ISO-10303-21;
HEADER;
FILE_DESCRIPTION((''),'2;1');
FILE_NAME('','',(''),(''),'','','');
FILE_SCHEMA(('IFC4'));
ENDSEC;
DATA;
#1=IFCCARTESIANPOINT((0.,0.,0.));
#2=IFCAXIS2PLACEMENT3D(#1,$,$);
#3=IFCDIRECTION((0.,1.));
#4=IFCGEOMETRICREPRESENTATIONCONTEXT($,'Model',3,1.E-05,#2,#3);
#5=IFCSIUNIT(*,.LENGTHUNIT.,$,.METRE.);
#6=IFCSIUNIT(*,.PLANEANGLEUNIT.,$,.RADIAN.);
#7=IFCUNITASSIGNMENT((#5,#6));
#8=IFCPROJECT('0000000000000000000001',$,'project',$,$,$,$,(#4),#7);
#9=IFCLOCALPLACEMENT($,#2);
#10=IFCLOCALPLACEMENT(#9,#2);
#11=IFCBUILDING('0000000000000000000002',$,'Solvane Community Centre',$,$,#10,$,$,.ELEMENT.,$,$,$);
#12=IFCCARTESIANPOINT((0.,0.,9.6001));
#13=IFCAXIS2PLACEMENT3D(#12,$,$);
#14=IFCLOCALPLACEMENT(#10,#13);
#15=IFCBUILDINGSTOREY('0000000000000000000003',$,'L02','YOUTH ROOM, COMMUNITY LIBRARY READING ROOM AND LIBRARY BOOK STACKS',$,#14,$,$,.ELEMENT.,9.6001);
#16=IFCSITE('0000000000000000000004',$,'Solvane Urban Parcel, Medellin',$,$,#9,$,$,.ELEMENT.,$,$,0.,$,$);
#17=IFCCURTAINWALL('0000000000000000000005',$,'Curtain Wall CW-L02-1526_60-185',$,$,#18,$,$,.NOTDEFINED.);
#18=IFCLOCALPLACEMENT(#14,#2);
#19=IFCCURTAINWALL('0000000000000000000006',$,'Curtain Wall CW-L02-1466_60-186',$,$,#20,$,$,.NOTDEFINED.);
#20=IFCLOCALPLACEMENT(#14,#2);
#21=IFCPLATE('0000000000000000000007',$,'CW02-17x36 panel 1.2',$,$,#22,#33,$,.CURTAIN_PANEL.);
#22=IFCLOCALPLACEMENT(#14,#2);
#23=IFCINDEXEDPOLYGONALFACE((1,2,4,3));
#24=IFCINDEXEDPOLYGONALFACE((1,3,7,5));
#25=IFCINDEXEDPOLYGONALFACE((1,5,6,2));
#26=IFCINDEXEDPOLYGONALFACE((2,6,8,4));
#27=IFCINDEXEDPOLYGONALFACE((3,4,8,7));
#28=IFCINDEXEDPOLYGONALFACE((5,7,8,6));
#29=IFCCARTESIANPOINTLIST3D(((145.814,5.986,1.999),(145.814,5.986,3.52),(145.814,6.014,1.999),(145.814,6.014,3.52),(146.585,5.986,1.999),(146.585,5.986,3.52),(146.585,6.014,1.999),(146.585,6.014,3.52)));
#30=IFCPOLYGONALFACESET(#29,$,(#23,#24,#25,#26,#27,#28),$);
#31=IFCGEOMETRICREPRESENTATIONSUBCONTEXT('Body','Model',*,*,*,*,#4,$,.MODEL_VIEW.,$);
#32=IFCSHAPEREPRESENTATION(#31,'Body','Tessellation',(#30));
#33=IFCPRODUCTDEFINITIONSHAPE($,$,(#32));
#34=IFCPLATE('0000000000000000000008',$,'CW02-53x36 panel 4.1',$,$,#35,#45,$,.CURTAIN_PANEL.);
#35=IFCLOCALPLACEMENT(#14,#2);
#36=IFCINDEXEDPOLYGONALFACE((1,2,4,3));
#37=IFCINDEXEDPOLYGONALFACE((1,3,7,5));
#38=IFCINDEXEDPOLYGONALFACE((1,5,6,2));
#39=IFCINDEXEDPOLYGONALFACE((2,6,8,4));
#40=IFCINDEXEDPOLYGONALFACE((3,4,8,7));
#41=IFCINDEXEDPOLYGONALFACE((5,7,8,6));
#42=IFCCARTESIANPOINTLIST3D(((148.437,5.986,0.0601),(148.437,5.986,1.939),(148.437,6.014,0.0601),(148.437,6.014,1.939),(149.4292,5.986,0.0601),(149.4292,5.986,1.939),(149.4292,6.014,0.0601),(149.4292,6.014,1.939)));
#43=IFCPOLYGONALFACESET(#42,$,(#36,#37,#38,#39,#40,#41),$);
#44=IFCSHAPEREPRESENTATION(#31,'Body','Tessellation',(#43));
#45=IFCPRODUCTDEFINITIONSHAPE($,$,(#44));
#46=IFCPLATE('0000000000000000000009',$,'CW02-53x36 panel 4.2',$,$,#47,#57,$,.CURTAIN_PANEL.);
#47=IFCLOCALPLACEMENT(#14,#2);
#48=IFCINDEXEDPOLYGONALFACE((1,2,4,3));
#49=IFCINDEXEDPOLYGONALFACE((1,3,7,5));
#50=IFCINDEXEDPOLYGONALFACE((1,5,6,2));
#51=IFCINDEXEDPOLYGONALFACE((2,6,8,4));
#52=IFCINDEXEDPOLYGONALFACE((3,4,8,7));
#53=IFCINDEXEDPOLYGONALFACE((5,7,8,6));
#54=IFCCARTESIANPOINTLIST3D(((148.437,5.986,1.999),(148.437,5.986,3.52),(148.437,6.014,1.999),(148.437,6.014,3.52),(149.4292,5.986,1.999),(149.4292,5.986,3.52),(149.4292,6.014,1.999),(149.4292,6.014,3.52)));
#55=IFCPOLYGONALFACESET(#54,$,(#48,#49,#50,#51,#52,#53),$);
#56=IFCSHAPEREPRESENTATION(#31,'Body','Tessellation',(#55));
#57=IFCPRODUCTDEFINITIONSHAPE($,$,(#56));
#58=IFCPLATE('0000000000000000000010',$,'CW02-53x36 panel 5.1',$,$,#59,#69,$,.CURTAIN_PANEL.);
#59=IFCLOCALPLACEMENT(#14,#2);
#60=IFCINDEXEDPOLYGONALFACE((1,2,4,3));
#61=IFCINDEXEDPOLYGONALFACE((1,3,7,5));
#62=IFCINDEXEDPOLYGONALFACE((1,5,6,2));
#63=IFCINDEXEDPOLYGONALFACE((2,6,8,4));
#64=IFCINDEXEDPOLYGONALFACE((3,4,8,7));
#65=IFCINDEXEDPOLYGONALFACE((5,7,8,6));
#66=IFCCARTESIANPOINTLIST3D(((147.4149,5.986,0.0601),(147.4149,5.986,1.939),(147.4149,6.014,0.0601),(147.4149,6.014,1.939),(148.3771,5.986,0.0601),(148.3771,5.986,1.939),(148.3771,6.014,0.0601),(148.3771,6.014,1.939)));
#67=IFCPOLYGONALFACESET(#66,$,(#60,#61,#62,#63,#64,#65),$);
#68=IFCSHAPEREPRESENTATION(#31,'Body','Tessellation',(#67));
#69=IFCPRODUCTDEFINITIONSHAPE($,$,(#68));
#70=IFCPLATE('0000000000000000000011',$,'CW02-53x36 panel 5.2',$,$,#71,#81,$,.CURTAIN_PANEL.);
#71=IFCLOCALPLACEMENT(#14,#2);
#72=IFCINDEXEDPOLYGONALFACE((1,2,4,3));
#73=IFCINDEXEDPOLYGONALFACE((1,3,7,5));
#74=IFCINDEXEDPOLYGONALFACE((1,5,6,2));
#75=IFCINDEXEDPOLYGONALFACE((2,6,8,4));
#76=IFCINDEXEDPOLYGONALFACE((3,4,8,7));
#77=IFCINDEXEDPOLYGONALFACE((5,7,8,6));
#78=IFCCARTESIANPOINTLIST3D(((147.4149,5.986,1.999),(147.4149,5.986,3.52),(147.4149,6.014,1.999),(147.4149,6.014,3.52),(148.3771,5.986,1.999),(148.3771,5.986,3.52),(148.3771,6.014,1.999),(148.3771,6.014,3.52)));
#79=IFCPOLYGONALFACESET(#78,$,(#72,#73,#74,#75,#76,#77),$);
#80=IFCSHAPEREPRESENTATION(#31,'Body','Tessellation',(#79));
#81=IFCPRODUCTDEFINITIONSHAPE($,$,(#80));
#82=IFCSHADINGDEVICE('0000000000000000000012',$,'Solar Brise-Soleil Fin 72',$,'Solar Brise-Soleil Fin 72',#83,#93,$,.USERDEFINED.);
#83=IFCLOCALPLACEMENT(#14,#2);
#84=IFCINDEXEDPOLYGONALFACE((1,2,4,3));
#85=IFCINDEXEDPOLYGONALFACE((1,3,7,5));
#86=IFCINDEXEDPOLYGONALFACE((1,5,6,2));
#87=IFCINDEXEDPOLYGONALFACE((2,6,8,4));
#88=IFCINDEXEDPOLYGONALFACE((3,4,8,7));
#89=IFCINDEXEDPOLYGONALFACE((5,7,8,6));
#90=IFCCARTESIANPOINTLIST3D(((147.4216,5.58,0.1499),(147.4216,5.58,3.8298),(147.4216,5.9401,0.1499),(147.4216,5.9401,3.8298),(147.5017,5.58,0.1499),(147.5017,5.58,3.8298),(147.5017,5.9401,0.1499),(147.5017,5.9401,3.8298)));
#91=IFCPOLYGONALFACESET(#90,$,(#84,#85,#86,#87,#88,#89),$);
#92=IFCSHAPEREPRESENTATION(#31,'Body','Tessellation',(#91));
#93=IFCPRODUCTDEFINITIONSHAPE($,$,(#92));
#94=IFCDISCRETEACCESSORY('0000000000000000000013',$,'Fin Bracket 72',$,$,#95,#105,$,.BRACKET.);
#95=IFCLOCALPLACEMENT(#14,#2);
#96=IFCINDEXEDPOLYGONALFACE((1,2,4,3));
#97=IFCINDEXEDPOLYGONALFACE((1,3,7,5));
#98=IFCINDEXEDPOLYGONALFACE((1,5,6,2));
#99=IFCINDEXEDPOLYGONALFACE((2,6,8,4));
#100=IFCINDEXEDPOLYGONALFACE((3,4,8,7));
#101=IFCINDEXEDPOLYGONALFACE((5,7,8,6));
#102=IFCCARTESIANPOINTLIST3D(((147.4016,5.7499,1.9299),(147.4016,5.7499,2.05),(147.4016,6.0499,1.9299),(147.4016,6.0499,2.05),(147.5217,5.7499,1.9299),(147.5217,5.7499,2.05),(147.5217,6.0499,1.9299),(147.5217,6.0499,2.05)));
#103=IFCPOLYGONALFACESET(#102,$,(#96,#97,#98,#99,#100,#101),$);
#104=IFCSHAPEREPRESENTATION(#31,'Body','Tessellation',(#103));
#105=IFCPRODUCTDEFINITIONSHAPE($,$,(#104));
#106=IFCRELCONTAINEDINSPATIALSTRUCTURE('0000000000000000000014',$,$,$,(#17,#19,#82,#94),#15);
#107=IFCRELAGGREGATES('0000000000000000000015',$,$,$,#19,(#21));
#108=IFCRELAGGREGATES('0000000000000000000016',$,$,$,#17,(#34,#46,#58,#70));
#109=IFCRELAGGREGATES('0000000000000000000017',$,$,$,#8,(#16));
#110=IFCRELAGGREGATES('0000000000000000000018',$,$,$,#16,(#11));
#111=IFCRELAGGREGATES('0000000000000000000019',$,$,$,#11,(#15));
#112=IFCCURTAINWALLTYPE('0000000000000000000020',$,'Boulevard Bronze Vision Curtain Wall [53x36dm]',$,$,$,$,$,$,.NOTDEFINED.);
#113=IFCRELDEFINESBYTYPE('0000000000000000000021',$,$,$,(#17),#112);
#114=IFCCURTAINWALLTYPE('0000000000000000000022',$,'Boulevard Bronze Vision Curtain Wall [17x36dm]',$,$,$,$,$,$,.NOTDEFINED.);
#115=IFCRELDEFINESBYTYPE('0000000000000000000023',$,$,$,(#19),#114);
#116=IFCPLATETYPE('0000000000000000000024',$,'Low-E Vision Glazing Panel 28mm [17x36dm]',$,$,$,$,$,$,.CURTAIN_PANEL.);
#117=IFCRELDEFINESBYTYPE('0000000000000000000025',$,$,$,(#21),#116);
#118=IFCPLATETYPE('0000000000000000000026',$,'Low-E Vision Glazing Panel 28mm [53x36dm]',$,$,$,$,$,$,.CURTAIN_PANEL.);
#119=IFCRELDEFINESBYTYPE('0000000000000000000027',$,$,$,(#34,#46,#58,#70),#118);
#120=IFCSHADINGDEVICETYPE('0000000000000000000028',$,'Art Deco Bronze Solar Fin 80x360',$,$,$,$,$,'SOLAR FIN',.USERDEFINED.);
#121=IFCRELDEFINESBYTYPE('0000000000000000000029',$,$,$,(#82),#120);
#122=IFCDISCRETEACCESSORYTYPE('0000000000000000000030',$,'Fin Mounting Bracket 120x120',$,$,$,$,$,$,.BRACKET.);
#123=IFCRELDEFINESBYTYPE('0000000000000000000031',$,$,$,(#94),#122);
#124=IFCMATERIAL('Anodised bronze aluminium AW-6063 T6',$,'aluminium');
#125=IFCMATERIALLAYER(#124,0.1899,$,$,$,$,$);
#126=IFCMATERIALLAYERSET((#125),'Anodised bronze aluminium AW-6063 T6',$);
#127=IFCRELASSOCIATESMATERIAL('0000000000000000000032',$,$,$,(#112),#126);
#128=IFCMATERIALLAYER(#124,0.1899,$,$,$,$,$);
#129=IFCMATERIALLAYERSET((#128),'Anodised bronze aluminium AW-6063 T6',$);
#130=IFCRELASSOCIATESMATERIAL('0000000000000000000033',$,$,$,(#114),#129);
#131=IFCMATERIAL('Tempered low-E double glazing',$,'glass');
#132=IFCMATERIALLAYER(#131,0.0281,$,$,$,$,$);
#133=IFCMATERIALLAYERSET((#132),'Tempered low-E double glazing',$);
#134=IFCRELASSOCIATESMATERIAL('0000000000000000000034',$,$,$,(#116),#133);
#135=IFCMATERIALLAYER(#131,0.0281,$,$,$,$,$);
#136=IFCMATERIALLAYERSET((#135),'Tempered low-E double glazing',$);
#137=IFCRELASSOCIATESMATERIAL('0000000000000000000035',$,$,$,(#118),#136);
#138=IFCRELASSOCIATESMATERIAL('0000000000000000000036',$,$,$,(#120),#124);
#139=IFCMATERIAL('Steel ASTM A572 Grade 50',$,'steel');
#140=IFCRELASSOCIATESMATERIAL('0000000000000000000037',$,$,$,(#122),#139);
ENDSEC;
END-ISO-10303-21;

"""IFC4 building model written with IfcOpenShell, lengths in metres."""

from ifc_helpers import new_model, si_unit, direction, frame, origin, origin_2d, place, context, subcontext, project, spatial, rectangle, extrude, material, layer, layer_set, type_object, element, aggregate, save


model = new_model("IFC4")

# Units and contexts
model_context = context("Model", 3, precision=1e-05, world=origin(), true_north=direction((0.0, 1.0)))
body_context = subcontext(model_context, "Body", "Model", "MODEL_VIEW")
ifc_project = project(units=[si_unit("LENGTHUNIT", "METRE"), si_unit("PLANEANGLEUNIT", "RADIAN")], contexts=[model_context])

# Site, building, storey
site_placement = place(None, origin())
site = spatial("IfcSite", under=ifc_project, at=site_placement, Name="Solvane Urban Parcel, Medellin", CompositionType="ELEMENT", RefElevation=0.0)
building_placement = place(site_placement, origin())
building = spatial("IfcBuilding", under=site, at=building_placement, Name="Solvane Community Centre", CompositionType="ELEMENT")
storey_placement = place(building_placement, frame((0.0, 0.0, 9.6001)))
storey = spatial("IfcBuildingStorey", under=building, at=storey_placement, Name="L02", Description="YOUTH ROOM, COMMUNITY LIBRARY READING ROOM AND LIBRARY BOOK STACKS", CompositionType="ELEMENT", Elevation=9.6001)

# Curtain walls
ifc_material_1 = material(Name="Anodised bronze aluminium AW-6063 T6", Category="aluminium")
ifc_layer_1 = layer(ifc_material_1, 0.1899)
ifc_layer_set_1 = layer_set([ifc_layer_1], Name="Anodised bronze aluminium AW-6063 T6")
curtain_wall_type_1 = type_object("IfcCurtainWallType", Name="Boulevard Bronze Vision Curtain Wall [53x36dm]", PredefinedType="NOTDEFINED", material=ifc_layer_set_1)
curtain_wall_1_placement = place(storey_placement, origin())
curtain_wall_1 = element("IfcCurtainWall", 1, at=curtain_wall_1_placement, inside=storey, type_object=curtain_wall_type_1, Name="Curtain Wall CW-L02-1526_60-185", PredefinedType="NOTDEFINED")
ifc_layer_2 = layer(ifc_material_1, 0.1899)
ifc_layer_set_2 = layer_set([ifc_layer_2], Name="Anodised bronze aluminium AW-6063 T6")
curtain_wall_type_2 = type_object("IfcCurtainWallType", Name="Boulevard Bronze Vision Curtain Wall [17x36dm]", PredefinedType="NOTDEFINED", material=ifc_layer_set_2)
curtain_wall_2_placement = place(storey_placement, origin())
curtain_wall_2 = element("IfcCurtainWall", 2, at=curtain_wall_2_placement, inside=storey, type_object=curtain_wall_type_2, Name="Curtain Wall CW-L02-1466_60-186", PredefinedType="NOTDEFINED")

# Plates
ifc_material_2 = material(Name="Tempered low-E double glazing", Category="glass")
ifc_layer_3 = layer(ifc_material_2, 0.0281)
ifc_layer_set_3 = layer_set([ifc_layer_3], Name="Tempered low-E double glazing")
plate_type_1 = type_object("IfcPlateType", Name="Low-E Vision Glazing Panel 28mm [17x36dm]", PredefinedType="CURTAIN_PANEL", material=ifc_layer_set_3)
plate_1_placement = place(storey_placement, frame((146.1995, 6.0, 1.999), z_axis=(0.0, 0.0, 1.0), x_axis=(-1.0, 0.0, 0.0)))
plate_1 = element("IfcPlate", 3, at=plate_1_placement, type_object=plate_type_1, Name="CW02-17x36 panel 1.2", PredefinedType="CURTAIN_PANEL", context=body_context, shape_type="SweptSolid", body=[
    extrude(rectangle(XDim=0.771, YDim=0.0281, at=origin_2d()), origin(), (0.0, 0.0, 1.0), 1.521),
])
aggregate(curtain_wall_2, [plate_1])
ifc_layer_4 = layer(ifc_material_2, 0.0281)
ifc_layer_set_4 = layer_set([ifc_layer_4], Name="Tempered low-E double glazing")
plate_type_2 = type_object("IfcPlateType", Name="Low-E Vision Glazing Panel 28mm [53x36dm]", PredefinedType="CURTAIN_PANEL", material=ifc_layer_set_4)
plate_2_placement = place(storey_placement, frame((148.9331, 6.0, 0.0601), z_axis=(0.0, 0.0, 1.0), x_axis=(-1.0, 0.0, 0.0)))
plate_2 = element("IfcPlate", 4, at=plate_2_placement, type_object=plate_type_2, Name="CW02-53x36 panel 4.1", PredefinedType="CURTAIN_PANEL", context=body_context, shape_type="SweptSolid", body=[
    extrude(rectangle(XDim=0.9922, YDim=0.0281, at=origin_2d()), origin(), (0.0, 0.0, 1.0), 1.8789),
])
plate_3_placement = place(storey_placement, frame((148.9331, 6.0, 1.999), z_axis=(0.0, 0.0, 1.0), x_axis=(-1.0, 0.0, 0.0)))
plate_3 = element("IfcPlate", 5, at=plate_3_placement, type_object=plate_type_2, Name="CW02-53x36 panel 4.2", PredefinedType="CURTAIN_PANEL", context=body_context, shape_type="SweptSolid", body=[
    extrude(rectangle(XDim=0.9922, YDim=0.0281, at=origin_2d()), origin(), (0.0, 0.0, 1.0), 1.521),
])
plate_4_placement = place(storey_placement, frame((147.896, 6.0, 0.0601), z_axis=(0.0, 0.0, 1.0), x_axis=(-1.0, 0.0, 0.0)))
plate_4 = element("IfcPlate", 6, at=plate_4_placement, type_object=plate_type_2, Name="CW02-53x36 panel 5.1", PredefinedType="CURTAIN_PANEL", context=body_context, shape_type="SweptSolid", body=[
    extrude(rectangle(XDim=0.9622, YDim=0.0281, at=origin_2d()), origin(), (0.0, 0.0, 1.0), 1.8789),
])
plate_5_placement = place(storey_placement, frame((147.896, 6.0, 1.999), z_axis=(0.0, 0.0, 1.0), x_axis=(-1.0, 0.0, 0.0)))
plate_5 = element("IfcPlate", 7, at=plate_5_placement, type_object=plate_type_2, Name="CW02-53x36 panel 5.2", PredefinedType="CURTAIN_PANEL", context=body_context, shape_type="SweptSolid", body=[
    extrude(rectangle(XDim=0.9622, YDim=0.0281, at=origin_2d()), origin(), (0.0, 0.0, 1.0), 1.521),
])
aggregate(curtain_wall_1, [plate_2, plate_3, plate_4, plate_5])

# Shading device
shading_device_type = type_object("IfcShadingDeviceType", Name="Art Deco Bronze Solar Fin 80x360", ElementType="SOLAR FIN", PredefinedType="USERDEFINED", material=ifc_material_1)
shading_device_placement = place(storey_placement, frame((147.4617, 5.76, 0.1499), z_axis=(0.0, 0.0, 1.0), x_axis=(-1.0, 0.0, 0.0)))
element("IfcShadingDevice", 8, at=shading_device_placement, inside=storey, type_object=shading_device_type, Name="Solar Brise-Soleil Fin 72", ObjectType="Solar Brise-Soleil Fin 72", PredefinedType="USERDEFINED", context=body_context, shape_type="SweptSolid", body=[
    extrude(rectangle(XDim=0.0801, YDim=0.3601, at=origin_2d()), origin(), (0.0, 0.0, 1.0), 3.6799),
])

# Discrete accessory
ifc_material_3 = material(Name="Steel ASTM A572 Grade 50", Category="steel")
discrete_accessory_type = type_object("IfcDiscreteAccessoryType", Name="Fin Mounting Bracket 120x120", PredefinedType="BRACKET", material=ifc_material_3)
discrete_accessory_placement = place(storey_placement, frame((147.4617, 5.8999, 1.9299), z_axis=(0.0, 0.0, 1.0), x_axis=(-1.0, 0.0, 0.0)))
element("IfcDiscreteAccessory", 9, at=discrete_accessory_placement, inside=storey, type_object=discrete_accessory_type, Name="Fin Bracket 72", PredefinedType="BRACKET", context=body_context, shape_type="SweptSolid", body=[
    extrude(rectangle(XDim=0.1201, YDim=0.3, at=origin_2d()), origin(), (0.0, 0.0, 1.0), 0.1201),
])

save(model, "model.ifc")
